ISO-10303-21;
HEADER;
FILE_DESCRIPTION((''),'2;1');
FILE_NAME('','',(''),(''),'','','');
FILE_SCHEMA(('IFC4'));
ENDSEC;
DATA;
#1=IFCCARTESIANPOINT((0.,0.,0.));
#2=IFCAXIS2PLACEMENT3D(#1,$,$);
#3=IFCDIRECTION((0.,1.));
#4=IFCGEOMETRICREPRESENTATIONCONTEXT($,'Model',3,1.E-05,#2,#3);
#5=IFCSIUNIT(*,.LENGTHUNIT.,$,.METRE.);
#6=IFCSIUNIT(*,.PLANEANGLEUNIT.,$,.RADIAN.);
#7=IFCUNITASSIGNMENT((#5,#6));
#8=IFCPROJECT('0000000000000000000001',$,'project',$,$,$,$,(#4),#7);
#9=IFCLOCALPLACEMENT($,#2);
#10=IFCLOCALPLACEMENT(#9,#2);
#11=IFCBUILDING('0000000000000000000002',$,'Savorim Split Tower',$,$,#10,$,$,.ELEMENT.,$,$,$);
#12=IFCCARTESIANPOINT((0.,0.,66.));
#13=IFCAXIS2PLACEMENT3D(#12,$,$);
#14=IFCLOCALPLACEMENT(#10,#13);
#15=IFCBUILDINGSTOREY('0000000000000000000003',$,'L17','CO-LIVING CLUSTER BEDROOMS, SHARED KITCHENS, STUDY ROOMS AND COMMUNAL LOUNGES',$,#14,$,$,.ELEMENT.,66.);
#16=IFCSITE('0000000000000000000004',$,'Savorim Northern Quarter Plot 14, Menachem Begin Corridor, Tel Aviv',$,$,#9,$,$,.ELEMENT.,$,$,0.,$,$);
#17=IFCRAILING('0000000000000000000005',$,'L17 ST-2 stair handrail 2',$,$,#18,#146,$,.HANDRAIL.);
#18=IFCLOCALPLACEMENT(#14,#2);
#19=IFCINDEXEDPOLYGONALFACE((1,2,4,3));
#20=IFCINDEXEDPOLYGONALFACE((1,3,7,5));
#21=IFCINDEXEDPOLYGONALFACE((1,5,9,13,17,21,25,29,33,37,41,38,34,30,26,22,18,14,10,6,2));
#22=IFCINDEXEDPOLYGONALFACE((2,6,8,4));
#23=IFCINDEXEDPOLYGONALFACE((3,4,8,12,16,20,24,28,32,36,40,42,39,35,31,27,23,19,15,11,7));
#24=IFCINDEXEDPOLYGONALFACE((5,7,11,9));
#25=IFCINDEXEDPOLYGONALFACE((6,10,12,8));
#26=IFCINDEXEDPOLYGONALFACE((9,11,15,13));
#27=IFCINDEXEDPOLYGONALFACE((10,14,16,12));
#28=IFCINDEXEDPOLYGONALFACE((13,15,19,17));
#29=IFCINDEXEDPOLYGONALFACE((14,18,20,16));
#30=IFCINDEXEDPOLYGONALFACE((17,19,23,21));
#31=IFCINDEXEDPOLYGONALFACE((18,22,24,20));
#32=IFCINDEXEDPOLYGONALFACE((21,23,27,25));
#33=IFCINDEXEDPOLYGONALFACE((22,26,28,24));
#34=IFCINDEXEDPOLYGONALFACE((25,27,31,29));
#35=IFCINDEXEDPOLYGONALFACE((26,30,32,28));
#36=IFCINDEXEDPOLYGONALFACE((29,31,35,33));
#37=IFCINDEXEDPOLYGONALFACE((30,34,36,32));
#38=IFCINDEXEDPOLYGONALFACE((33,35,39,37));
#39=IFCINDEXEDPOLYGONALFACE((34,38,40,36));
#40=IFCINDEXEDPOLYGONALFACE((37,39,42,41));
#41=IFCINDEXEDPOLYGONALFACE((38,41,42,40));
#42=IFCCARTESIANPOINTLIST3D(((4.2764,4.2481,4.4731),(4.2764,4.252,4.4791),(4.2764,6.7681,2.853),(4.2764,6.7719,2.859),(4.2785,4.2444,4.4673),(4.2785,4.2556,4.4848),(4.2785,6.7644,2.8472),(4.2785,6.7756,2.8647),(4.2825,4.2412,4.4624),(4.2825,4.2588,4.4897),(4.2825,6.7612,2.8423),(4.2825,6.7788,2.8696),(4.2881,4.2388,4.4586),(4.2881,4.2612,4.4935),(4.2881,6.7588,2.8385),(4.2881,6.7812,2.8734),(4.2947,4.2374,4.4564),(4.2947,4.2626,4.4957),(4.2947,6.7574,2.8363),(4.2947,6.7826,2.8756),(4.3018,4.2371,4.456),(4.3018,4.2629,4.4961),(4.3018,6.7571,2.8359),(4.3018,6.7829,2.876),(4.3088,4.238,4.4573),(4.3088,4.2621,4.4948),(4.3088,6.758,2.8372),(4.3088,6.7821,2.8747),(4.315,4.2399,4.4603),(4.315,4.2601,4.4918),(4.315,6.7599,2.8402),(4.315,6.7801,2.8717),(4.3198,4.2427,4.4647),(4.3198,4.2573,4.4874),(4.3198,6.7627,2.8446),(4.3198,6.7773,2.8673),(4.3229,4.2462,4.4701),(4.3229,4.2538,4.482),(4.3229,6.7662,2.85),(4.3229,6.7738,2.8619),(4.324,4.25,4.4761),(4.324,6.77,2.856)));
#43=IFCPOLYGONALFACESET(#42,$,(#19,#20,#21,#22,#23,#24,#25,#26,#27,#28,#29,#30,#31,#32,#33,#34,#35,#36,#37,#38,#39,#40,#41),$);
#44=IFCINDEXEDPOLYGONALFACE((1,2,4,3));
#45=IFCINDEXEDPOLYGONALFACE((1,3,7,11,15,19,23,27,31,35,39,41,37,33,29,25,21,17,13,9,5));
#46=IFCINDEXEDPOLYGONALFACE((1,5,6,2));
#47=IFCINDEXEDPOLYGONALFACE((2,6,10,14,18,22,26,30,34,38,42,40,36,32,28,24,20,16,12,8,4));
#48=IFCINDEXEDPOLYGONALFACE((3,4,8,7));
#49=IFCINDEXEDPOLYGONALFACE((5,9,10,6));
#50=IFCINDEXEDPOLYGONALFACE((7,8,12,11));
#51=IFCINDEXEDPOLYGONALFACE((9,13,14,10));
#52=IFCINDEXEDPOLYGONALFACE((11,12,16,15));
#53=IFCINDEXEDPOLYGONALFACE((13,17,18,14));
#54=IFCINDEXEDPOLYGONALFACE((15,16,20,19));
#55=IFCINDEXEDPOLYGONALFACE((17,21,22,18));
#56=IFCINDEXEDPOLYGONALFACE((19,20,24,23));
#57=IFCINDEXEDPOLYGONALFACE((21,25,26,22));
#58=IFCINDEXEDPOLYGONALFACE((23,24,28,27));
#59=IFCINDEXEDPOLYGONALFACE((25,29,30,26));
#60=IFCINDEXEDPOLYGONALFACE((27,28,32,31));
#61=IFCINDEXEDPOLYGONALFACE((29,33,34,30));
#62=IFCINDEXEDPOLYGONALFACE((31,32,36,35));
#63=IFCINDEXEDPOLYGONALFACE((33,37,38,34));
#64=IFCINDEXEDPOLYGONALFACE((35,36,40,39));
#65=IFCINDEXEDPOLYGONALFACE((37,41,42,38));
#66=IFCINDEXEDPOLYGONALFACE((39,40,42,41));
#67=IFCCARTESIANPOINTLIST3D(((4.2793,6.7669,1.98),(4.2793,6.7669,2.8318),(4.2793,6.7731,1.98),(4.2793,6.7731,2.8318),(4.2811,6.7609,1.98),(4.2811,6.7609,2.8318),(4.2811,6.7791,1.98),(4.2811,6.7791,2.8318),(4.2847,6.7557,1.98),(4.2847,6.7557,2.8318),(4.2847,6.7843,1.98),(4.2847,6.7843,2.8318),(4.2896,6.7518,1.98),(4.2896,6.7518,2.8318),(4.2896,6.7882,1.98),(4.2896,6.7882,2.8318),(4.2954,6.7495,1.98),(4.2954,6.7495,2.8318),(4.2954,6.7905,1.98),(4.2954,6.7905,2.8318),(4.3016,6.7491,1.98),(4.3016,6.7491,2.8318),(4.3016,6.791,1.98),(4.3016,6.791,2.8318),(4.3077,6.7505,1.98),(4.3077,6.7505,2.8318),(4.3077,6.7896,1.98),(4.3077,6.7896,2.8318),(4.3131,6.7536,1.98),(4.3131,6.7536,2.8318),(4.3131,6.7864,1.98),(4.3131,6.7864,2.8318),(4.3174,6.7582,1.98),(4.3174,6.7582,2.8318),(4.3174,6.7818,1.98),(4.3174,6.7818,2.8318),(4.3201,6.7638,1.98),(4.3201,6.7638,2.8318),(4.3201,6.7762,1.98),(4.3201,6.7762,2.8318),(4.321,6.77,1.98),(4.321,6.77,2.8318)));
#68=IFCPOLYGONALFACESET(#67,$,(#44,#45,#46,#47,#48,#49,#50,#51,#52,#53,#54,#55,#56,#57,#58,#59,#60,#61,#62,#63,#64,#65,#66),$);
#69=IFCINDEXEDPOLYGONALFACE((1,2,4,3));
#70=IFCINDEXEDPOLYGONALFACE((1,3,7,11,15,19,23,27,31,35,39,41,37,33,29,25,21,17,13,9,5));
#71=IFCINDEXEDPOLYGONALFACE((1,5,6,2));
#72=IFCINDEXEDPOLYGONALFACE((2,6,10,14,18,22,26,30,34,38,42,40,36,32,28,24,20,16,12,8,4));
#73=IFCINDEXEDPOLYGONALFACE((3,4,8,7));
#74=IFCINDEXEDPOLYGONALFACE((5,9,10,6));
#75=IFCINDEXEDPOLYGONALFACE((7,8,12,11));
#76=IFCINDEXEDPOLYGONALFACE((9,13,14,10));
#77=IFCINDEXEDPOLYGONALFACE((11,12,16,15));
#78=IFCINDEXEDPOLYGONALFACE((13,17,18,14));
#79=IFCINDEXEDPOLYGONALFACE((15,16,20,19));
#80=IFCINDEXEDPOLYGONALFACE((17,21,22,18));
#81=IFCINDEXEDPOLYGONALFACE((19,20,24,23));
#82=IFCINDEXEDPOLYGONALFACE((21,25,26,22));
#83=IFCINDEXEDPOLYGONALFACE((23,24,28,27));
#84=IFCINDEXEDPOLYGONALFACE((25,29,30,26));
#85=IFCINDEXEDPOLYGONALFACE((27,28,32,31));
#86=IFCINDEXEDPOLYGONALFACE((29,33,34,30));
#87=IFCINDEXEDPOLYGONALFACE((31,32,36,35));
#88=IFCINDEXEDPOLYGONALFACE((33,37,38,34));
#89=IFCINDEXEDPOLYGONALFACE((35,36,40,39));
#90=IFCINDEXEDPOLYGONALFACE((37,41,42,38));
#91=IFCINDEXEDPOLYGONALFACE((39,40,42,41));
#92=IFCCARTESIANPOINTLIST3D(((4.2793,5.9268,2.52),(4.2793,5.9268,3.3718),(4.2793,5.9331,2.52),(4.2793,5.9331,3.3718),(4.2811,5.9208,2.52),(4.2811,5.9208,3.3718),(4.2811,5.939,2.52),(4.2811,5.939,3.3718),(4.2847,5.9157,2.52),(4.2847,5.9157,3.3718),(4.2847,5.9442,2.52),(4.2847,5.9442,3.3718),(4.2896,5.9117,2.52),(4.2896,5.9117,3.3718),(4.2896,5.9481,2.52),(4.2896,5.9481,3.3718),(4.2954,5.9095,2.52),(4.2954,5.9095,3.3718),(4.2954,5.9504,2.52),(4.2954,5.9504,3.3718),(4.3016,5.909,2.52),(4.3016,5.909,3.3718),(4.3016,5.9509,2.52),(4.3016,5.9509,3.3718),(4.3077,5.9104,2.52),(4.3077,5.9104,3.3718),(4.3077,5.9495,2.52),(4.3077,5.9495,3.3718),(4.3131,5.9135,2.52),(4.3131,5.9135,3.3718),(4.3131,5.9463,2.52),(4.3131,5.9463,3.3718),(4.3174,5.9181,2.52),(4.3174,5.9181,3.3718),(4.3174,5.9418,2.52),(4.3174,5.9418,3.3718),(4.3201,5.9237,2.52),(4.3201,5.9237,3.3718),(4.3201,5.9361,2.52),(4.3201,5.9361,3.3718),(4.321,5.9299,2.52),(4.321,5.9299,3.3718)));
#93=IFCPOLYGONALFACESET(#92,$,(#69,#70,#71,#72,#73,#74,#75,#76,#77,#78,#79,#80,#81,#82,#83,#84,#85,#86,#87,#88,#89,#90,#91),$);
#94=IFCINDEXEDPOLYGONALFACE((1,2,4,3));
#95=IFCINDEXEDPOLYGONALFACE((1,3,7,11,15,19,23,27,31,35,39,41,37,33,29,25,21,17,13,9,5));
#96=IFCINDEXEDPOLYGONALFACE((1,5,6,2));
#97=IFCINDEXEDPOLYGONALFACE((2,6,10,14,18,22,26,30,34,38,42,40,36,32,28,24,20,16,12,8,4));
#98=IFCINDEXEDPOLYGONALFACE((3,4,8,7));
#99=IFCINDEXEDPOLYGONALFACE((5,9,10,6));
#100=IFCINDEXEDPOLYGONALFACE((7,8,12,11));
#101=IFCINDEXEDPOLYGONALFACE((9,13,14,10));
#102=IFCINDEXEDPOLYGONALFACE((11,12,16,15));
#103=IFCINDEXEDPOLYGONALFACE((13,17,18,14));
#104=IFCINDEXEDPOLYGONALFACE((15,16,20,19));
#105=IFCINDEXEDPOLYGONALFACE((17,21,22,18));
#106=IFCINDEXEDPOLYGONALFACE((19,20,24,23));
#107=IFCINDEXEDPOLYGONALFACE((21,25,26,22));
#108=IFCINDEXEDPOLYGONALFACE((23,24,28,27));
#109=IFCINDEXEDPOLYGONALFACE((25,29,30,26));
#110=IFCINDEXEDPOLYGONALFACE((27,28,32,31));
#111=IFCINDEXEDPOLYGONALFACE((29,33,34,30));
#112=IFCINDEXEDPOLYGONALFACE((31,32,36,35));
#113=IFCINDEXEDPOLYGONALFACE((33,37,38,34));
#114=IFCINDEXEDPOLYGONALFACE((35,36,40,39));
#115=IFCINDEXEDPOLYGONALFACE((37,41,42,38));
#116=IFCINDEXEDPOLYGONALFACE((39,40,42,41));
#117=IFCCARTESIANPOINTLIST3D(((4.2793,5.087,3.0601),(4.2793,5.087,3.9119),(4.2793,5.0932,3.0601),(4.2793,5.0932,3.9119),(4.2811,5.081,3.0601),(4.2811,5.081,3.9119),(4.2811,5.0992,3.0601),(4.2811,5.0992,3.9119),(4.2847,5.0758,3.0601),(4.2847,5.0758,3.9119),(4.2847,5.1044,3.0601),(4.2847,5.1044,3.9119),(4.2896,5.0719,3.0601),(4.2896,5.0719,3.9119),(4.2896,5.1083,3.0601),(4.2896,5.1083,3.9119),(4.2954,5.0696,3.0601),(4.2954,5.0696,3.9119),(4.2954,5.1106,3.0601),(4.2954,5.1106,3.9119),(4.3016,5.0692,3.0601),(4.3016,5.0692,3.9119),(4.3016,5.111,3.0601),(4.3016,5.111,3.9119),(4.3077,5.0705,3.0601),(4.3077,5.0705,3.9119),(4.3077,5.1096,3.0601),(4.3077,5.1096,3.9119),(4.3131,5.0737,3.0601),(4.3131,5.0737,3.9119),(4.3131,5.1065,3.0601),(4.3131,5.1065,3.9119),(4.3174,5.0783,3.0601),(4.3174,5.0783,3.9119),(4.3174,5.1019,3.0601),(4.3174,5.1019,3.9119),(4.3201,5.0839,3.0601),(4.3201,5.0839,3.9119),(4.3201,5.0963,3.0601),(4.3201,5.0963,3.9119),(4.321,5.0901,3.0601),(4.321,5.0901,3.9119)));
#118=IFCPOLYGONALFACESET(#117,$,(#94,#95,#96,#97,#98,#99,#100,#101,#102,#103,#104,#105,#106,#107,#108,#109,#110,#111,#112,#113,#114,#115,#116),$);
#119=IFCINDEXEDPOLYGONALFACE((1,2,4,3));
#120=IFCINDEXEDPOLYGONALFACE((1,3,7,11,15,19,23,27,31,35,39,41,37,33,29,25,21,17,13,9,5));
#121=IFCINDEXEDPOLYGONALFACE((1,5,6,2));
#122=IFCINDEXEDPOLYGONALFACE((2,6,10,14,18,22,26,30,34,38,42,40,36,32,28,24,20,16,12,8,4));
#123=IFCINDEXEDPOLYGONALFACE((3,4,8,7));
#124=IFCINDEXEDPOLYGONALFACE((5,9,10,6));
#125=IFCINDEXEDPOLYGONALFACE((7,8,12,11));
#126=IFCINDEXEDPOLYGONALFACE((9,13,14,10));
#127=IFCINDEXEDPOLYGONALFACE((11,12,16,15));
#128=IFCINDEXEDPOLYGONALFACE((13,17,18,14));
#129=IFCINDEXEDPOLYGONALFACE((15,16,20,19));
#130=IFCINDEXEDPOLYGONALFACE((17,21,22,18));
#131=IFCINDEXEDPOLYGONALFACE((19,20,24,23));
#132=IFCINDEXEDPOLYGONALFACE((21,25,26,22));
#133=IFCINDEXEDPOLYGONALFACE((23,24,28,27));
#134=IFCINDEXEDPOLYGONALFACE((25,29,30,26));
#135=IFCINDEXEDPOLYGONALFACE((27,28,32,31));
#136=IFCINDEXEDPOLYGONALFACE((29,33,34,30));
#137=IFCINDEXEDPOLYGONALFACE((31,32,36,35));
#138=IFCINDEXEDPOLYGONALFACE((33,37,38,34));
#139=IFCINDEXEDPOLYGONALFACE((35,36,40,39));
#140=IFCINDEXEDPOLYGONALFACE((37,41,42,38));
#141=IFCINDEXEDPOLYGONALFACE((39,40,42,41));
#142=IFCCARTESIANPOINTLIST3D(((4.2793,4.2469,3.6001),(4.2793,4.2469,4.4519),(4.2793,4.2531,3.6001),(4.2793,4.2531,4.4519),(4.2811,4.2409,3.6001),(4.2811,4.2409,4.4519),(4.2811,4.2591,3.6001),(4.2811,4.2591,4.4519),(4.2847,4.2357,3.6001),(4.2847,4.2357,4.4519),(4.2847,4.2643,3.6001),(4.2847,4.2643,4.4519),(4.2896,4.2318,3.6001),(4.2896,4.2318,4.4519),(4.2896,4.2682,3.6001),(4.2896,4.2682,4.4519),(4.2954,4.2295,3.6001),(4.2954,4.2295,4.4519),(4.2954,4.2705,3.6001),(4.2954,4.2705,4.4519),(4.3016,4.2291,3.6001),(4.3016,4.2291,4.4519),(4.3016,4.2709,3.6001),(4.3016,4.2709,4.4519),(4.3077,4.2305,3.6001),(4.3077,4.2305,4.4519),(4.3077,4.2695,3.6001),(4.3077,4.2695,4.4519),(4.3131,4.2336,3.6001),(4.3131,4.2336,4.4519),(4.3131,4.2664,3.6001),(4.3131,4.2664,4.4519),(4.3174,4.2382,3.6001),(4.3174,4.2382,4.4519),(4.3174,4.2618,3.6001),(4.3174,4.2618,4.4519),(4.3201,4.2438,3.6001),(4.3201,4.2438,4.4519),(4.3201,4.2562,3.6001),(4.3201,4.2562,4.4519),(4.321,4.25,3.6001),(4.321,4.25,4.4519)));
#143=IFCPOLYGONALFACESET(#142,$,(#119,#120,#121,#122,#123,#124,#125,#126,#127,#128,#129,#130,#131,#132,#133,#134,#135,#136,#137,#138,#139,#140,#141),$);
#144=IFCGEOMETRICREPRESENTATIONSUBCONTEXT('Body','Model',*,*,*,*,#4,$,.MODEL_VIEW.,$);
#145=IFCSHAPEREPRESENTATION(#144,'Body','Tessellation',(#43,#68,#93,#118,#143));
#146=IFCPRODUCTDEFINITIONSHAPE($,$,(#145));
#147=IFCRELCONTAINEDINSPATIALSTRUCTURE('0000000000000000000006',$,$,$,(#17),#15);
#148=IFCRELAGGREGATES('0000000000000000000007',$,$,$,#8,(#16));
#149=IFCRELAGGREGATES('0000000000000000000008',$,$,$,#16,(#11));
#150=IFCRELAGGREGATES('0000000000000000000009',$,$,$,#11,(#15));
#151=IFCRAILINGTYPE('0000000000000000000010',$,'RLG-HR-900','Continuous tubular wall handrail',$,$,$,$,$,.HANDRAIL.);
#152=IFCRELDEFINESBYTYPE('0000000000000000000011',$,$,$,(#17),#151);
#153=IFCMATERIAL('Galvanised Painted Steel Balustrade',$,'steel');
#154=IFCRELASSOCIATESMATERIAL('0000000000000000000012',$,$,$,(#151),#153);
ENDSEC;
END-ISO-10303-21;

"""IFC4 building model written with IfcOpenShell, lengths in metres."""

from ifc_helpers import new_model, si_unit, direction, frame, origin, origin_2d, place, context, subcontext, project, spatial, circle, extrude, material, type_object, element, save


model = new_model("IFC4")

# Units and contexts
model_context = context("Model", 3, precision=1e-05, world=origin(), true_north=direction((0.0, 1.0)))
body_context = subcontext(model_context, "Body", "Model", "MODEL_VIEW")
ifc_project = project(units=[si_unit("LENGTHUNIT", "METRE"), si_unit("PLANEANGLEUNIT", "RADIAN")], contexts=[model_context])

# Site, building, storey
site_placement = place(None, origin())
site = spatial("IfcSite", under=ifc_project, at=site_placement, Name="Savorim Northern Quarter Plot 14, Menachem Begin Corridor, Tel Aviv", CompositionType="ELEMENT", RefElevation=0.0)
building_placement = place(site_placement, origin())
building = spatial("IfcBuilding", under=site, at=building_placement, Name="Savorim Split Tower", CompositionType="ELEMENT")
storey_placement = place(building_placement, frame((0.0, 0.0, 66.0)))
storey = spatial("IfcBuildingStorey", under=building, at=storey_placement, Name="L17", Description="CO-LIVING CLUSTER BEDROOMS, SHARED KITCHENS, STUDY ROOMS AND COMMUNAL LOUNGES", CompositionType="ELEMENT", Elevation=66.0)

# Railing
ifc_material_1 = material(Name="Galvanised Painted Steel Balustrade", Category="steel")
railing_type_1 = type_object("IfcRailingType", Name="RLG-HR-900", Description="Continuous tubular wall handrail", PredefinedType="HANDRAIL", material=ifc_material_1)
railing_1_placement = place(storey_placement, frame((4.3, 6.77, 1.98)))
element("IfcRailing", 1, at=railing_1_placement, inside=storey, type_object=railing_type_1, Name="L17 ST-2 stair handrail 2", PredefinedType="HANDRAIL", context=body_context, shape_type="SweptSolid", body=[
    extrude(circle(Radius=0.0239, at=origin_2d()), frame((0.0, 0.0, 0.876), z_axis=(0.0, -0.841163, 0.540782), x_axis=(1.0, 0.0, 0.0)), (0.0, 0.0, 1.0), 2.9958),
    extrude(circle(Radius=0.021, at=origin_2d()), origin(), (0.0, 0.0, 1.0), 0.8518),
    extrude(circle(Radius=0.021, at=origin_2d()), frame((0.0, -0.8401, 0.54)), (0.0, 0.0, 1.0), 0.8518),
    extrude(circle(Radius=0.021, at=origin_2d()), frame((0.0, -1.6799, 1.0801)), (0.0, 0.0, 1.0), 0.8518),
    extrude(circle(Radius=0.021, at=origin_2d()), frame((0.0, -2.52, 1.6201)), (0.0, 0.0, 1.0), 0.8518),
])

save(model, "model.ifc")
